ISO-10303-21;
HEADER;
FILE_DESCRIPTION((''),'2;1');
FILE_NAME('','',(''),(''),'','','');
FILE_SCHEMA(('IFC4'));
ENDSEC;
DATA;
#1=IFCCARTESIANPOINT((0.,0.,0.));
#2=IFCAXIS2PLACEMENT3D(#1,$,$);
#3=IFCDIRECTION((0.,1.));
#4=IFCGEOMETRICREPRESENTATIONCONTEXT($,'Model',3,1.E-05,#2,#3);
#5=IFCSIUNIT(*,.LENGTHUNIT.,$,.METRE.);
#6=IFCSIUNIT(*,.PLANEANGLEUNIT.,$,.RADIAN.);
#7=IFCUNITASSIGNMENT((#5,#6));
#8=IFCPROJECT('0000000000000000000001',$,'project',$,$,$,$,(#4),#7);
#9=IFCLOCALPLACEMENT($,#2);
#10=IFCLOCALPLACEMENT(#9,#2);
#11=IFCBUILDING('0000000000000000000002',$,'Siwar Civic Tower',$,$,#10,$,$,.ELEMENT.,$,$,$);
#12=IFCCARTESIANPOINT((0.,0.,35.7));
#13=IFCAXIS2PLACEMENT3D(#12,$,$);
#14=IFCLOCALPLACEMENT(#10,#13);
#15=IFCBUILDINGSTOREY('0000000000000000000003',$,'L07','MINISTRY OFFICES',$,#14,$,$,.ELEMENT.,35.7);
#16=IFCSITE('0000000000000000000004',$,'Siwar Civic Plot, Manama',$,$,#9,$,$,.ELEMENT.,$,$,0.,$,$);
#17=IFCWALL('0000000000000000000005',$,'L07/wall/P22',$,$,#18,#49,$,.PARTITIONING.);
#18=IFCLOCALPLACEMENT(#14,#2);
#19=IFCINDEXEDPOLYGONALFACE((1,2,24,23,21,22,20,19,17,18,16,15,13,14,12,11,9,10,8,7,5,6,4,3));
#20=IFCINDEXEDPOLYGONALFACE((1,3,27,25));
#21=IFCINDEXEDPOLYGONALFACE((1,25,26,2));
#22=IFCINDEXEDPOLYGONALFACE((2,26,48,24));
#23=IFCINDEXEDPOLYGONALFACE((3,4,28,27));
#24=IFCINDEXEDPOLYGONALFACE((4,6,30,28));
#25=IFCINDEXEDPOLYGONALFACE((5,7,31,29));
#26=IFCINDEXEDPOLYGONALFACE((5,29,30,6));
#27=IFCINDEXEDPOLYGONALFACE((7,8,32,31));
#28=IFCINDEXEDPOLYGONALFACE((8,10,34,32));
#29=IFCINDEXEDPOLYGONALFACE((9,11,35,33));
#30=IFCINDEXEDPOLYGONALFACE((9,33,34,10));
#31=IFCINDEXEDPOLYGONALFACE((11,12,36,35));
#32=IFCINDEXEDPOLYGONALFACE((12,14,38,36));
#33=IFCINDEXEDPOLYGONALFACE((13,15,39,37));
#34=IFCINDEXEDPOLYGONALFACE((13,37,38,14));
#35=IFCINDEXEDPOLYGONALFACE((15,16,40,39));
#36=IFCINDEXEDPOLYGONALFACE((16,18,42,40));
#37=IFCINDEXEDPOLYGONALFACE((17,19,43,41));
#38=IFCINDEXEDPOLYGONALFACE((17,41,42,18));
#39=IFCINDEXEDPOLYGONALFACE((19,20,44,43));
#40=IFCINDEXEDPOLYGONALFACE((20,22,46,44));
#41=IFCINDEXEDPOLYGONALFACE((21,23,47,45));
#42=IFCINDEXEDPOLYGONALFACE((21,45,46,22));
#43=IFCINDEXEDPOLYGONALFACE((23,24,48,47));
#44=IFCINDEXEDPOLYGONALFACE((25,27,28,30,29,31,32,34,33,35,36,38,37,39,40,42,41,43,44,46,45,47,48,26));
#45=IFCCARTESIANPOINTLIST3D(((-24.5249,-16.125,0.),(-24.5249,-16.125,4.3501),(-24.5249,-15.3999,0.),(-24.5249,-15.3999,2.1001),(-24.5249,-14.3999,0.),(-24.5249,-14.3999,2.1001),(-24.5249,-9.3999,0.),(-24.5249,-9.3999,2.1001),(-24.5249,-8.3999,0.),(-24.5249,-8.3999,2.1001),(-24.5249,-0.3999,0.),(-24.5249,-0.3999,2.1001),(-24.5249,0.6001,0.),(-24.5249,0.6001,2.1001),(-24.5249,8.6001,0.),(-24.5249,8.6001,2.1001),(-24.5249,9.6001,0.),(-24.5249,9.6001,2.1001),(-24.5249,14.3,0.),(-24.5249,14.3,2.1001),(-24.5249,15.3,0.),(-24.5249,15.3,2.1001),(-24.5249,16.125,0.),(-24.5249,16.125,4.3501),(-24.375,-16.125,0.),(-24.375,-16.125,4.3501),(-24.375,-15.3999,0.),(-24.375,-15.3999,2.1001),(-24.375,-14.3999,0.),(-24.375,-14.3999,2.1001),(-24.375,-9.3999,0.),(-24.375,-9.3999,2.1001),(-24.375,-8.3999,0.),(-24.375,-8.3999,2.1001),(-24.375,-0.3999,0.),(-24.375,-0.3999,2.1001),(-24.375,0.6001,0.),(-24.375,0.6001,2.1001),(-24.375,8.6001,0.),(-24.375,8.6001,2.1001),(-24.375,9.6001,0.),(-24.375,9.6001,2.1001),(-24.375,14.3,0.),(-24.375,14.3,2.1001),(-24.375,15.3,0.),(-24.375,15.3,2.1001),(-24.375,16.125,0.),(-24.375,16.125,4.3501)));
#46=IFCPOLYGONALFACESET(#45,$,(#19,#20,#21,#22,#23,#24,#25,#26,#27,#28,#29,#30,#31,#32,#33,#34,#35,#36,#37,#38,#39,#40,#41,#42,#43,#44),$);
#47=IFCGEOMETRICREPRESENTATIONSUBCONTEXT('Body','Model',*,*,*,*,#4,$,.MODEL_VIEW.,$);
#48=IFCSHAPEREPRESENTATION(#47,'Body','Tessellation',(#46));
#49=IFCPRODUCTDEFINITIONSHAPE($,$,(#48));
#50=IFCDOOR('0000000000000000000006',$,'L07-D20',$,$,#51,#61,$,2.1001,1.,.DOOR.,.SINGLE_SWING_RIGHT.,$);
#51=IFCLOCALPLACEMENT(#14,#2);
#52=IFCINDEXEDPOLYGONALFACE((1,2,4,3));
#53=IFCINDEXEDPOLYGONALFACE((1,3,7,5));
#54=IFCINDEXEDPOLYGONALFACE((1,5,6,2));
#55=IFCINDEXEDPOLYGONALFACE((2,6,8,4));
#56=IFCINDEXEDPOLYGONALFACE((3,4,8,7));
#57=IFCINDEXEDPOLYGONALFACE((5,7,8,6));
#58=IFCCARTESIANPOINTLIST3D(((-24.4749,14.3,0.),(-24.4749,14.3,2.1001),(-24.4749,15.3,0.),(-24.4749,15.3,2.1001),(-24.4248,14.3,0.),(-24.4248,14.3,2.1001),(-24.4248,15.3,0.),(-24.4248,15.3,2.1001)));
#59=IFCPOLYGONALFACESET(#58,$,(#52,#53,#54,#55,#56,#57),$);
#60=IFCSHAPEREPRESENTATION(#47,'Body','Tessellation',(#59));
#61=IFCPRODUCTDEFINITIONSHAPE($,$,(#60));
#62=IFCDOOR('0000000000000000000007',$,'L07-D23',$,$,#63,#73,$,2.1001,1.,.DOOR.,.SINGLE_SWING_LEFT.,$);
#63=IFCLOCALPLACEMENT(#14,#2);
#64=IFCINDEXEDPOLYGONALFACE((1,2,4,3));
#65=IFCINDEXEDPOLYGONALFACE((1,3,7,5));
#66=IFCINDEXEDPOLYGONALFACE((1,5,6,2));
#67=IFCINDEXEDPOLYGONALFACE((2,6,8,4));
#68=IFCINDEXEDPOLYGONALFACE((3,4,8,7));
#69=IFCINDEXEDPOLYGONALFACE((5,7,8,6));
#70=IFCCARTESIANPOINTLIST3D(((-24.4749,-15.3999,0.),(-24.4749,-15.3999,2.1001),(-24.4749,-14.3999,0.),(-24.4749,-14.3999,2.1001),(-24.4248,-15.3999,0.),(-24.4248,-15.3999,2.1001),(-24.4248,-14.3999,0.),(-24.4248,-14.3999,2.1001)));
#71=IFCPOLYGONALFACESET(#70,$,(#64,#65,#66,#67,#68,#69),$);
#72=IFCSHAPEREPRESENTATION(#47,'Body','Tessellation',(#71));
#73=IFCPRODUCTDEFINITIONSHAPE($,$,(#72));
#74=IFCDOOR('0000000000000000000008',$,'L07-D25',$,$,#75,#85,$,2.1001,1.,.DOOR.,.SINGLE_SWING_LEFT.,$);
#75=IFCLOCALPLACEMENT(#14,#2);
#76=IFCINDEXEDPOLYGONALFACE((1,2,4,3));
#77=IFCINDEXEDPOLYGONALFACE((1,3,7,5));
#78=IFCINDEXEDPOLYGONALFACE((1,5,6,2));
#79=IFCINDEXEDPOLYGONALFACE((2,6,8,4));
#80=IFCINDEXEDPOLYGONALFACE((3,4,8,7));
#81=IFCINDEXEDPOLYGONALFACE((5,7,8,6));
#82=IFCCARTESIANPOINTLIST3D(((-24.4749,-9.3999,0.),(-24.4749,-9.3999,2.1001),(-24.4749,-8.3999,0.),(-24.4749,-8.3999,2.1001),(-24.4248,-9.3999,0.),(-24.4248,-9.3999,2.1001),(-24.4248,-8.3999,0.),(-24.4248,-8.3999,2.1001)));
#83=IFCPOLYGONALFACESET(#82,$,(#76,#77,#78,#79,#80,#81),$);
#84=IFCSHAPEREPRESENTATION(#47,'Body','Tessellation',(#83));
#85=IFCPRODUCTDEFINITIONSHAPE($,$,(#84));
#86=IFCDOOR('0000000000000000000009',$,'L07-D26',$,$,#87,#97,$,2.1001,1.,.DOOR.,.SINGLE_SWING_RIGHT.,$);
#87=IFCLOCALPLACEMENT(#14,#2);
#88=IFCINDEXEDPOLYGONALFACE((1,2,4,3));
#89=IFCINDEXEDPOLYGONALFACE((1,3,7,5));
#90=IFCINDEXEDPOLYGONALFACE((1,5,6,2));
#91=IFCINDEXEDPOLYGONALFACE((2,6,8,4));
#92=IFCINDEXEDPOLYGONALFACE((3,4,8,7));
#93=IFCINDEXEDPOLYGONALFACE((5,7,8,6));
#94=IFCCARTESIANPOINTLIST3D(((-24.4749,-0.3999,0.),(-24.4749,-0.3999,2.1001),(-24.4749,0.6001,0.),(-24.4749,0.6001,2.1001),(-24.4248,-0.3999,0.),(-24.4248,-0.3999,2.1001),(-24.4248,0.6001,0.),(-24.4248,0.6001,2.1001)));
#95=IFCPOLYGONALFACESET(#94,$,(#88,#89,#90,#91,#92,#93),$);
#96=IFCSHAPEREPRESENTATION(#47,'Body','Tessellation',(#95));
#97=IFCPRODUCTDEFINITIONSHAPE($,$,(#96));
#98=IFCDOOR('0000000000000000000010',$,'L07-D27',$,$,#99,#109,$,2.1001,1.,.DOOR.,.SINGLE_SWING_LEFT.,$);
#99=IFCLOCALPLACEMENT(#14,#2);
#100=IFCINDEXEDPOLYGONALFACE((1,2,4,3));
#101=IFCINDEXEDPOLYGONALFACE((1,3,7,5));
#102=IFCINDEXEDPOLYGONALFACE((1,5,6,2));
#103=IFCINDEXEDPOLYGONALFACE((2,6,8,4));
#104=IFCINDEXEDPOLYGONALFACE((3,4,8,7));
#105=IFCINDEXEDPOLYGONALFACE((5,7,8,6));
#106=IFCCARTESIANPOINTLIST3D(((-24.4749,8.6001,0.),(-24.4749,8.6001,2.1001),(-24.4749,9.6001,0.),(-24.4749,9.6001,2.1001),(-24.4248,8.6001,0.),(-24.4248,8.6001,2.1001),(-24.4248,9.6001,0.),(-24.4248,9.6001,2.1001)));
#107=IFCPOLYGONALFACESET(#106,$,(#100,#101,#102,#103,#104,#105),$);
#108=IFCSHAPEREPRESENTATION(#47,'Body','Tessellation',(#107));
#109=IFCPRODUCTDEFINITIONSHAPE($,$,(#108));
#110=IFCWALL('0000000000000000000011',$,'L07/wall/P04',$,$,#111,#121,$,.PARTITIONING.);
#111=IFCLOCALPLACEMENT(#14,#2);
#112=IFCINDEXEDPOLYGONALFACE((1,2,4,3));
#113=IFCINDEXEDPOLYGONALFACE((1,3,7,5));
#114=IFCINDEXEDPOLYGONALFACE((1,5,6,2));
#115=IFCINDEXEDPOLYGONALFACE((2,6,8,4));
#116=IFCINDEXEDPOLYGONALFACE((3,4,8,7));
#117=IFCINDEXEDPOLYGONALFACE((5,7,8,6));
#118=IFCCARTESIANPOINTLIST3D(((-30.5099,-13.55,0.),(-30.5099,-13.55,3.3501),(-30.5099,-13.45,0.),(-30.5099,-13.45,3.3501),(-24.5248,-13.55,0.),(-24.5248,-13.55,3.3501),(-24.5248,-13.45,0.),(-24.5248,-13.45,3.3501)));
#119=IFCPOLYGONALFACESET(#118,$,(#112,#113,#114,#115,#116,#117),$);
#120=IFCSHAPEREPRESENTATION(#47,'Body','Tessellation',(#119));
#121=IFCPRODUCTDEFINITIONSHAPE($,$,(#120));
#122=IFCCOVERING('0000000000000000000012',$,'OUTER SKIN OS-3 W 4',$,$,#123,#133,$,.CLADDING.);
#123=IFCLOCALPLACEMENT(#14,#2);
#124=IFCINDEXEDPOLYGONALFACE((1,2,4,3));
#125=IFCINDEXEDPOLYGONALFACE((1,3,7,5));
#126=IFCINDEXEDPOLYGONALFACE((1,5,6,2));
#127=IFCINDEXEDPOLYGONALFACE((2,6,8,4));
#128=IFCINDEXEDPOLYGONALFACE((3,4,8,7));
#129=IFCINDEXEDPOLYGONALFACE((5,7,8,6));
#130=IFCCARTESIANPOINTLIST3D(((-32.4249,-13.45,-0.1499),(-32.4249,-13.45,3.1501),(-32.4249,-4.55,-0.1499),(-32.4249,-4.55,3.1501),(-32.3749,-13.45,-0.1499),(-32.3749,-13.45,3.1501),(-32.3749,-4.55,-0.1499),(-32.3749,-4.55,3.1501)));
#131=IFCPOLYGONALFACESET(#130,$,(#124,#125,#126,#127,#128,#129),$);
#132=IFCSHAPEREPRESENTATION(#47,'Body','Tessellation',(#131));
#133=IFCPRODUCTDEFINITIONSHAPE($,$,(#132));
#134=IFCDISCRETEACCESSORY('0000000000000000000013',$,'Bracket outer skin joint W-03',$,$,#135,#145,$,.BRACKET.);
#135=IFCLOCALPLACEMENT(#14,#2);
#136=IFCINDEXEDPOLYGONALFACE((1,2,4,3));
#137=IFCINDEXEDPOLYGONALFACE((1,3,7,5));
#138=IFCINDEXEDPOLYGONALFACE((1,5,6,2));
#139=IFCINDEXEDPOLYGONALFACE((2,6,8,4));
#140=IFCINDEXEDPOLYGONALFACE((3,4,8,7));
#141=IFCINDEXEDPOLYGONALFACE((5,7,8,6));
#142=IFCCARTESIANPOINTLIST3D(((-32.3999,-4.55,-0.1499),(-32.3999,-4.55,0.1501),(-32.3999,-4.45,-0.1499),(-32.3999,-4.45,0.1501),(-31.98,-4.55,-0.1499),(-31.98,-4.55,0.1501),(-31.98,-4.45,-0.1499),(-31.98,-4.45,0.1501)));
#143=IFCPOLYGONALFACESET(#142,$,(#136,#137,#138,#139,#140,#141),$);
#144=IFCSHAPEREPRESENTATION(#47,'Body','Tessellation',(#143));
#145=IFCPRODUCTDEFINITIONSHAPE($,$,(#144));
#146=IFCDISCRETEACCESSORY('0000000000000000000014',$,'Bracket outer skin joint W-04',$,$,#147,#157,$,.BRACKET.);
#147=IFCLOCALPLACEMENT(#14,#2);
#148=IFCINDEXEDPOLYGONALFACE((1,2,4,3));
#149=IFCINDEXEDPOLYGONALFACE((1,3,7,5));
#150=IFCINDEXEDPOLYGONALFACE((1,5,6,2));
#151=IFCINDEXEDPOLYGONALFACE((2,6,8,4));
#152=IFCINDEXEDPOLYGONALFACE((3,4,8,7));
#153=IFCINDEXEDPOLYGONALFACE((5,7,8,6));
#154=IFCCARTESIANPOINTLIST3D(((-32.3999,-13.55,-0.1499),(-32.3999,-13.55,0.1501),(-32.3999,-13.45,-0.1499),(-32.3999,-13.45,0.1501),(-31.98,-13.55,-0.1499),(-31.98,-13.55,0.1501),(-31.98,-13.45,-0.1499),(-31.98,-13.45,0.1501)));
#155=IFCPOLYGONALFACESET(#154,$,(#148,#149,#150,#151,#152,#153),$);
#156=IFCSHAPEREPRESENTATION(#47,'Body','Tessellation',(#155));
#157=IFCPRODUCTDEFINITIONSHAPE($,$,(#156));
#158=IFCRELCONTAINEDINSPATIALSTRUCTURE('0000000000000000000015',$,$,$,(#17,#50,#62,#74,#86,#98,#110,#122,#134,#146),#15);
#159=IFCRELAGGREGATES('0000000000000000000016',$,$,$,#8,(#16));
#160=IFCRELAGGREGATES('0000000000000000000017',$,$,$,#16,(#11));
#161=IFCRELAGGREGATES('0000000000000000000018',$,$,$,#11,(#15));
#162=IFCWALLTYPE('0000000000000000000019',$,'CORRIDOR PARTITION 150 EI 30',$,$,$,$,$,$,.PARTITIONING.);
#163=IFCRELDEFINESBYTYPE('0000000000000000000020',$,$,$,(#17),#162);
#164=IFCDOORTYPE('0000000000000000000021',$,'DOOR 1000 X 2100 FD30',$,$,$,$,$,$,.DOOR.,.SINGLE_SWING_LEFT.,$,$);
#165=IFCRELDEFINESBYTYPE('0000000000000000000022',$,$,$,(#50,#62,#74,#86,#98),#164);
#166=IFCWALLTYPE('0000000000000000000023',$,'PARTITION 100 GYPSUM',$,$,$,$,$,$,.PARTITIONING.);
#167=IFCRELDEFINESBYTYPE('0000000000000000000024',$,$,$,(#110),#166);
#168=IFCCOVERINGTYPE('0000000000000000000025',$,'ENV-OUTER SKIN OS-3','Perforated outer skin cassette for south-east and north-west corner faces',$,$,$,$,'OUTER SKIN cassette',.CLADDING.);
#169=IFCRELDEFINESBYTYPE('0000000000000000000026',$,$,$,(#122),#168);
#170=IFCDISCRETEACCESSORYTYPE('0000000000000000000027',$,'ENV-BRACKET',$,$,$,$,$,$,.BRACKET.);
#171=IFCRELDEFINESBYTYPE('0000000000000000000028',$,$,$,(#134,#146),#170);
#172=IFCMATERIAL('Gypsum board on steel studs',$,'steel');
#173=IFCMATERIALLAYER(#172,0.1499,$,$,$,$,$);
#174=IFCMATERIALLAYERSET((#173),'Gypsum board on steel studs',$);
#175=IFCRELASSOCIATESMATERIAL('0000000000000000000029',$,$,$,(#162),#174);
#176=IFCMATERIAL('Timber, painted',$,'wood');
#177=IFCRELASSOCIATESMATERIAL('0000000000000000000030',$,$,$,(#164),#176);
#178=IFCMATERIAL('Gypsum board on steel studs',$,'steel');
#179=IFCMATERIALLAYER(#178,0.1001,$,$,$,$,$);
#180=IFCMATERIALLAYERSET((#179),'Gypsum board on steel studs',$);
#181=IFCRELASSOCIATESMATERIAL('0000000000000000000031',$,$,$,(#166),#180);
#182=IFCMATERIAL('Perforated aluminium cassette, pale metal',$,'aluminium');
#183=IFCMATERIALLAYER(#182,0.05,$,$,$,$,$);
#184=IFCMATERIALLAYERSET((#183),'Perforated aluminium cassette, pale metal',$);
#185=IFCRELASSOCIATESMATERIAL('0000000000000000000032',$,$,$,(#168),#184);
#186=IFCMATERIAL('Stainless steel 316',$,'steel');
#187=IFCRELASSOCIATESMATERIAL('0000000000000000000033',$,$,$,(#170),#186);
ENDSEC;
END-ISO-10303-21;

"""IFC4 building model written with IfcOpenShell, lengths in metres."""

from ifc_helpers import new_model, si_unit, direction, frame, frame_2d, origin, origin_2d, place, context, subcontext, project, spatial, rectangle, extrude, material, layer, layer_set, type_object, element, fill, save


model = new_model("IFC4")

# Units and contexts
model_context = context("Model", 3, precision=1e-05, world=origin(), true_north=direction((0.0, 1.0)))
body_context = subcontext(model_context, "Body", "Model", "MODEL_VIEW")
ifc_project = project(units=[si_unit("LENGTHUNIT", "METRE"), si_unit("PLANEANGLEUNIT", "RADIAN")], contexts=[model_context])

# Site, building, storey
site_placement = place(None, origin())
site = spatial("IfcSite", under=ifc_project, at=site_placement, Name="Siwar Civic Plot, Manama", CompositionType="ELEMENT", RefElevation=0.0)
building_placement = place(site_placement, origin())
building = spatial("IfcBuilding", under=site, at=building_placement, Name="Siwar Civic Tower", CompositionType="ELEMENT")
storey_placement = place(building_placement, frame((0.0, 0.0, 35.7)))
storey = spatial("IfcBuildingStorey", under=building, at=storey_placement, Name="L07", Description="MINISTRY OFFICES", CompositionType="ELEMENT", Elevation=35.7)

# Wall, openings, doors
ifc_material_1 = material(Name="Gypsum board on steel studs", Category="steel")
ifc_layer_1 = layer(ifc_material_1, 0.1499)
ifc_layer_set_1 = layer_set([ifc_layer_1], Name="Gypsum board on steel studs")
wall_type_1 = type_object("IfcWallType", Name="CORRIDOR PARTITION 150 EI 30", PredefinedType="PARTITIONING", material=ifc_layer_set_1)
ifc_material_2 = material(Name="Timber, painted", Category="wood")
door_type = type_object("IfcDoorType", Name="DOOR 1000 X 2100 FD30", OperationType="SINGLE_SWING_LEFT", PredefinedType="DOOR", material=ifc_material_2)
wall_1_placement = place(storey_placement, frame((-24.45, -16.125, 0.0), z_axis=(0.0, 0.0, 1.0), x_axis=(0.0, 1.0, 0.0)))
wall_1 = element("IfcWall", 1, at=wall_1_placement, inside=storey, type_object=wall_type_1, Name="L07/wall/P22", PredefinedType="PARTITIONING", context=body_context, shape_type="SweptSolid", body=[
    extrude(rectangle(XDim=32.25, YDim=0.1499, at=frame_2d((16.125, 0.0))), origin(), (0.0, 0.0, 1.0), 4.3501),
])
opening_1_placement = place(wall_1_placement, frame((30.425, 0.0, 0.0)))
opening_1 = element("IfcOpeningElement", 2, at=opening_1_placement, cuts=wall_1, PredefinedType="OPENING", context=body_context, shape_type="SweptSolid", body=[
    extrude(rectangle(XDim=1.0, YDim=2.1001, at=frame_2d((0.5, 1.05))), frame((0.0, 0.085, 0.0), z_axis=(0.0, -1.0, 0.0), x_axis=(1.0, 0.0, 0.0)), (0.0, 0.0, 1.0), 0.1699),
])
opening_2_placement = place(wall_1_placement, frame((0.7251, 0.0, 0.0)))
opening_2 = element("IfcOpeningElement", 3, at=opening_2_placement, cuts=wall_1, PredefinedType="OPENING", context=body_context, shape_type="SweptSolid", body=[
    extrude(rectangle(XDim=1.0, YDim=2.1001, at=frame_2d((0.5, 1.05))), frame((0.0, 0.085, 0.0), z_axis=(0.0, -1.0, 0.0), x_axis=(1.0, 0.0, 0.0)), (0.0, 0.0, 1.0), 0.1699),
])
opening_3_placement = place(wall_1_placement, frame((6.7251, 0.0, 0.0)))
opening_3 = element("IfcOpeningElement", 4, at=opening_3_placement, cuts=wall_1, PredefinedType="OPENING", context=body_context, shape_type="SweptSolid", body=[
    extrude(rectangle(XDim=1.0, YDim=2.1001, at=frame_2d((0.5, 1.05))), frame((0.0, 0.085, 0.0), z_axis=(0.0, -1.0, 0.0), x_axis=(1.0, 0.0, 0.0)), (0.0, 0.0, 1.0), 0.1699),
])
opening_4_placement = place(wall_1_placement, frame((15.7251, 0.0, 0.0)))
opening_4 = element("IfcOpeningElement", 5, at=opening_4_placement, cuts=wall_1, PredefinedType="OPENING", context=body_context, shape_type="SweptSolid", body=[
    extrude(rectangle(XDim=1.0, YDim=2.1001, at=frame_2d((0.5, 1.05))), frame((0.0, 0.085, 0.0), z_axis=(0.0, -1.0, 0.0), x_axis=(1.0, 0.0, 0.0)), (0.0, 0.0, 1.0), 0.1699),
])
opening_5_placement = place(wall_1_placement, frame((24.7251, 0.0, 0.0)))
opening_5 = element("IfcOpeningElement", 6, at=opening_5_placement, cuts=wall_1, PredefinedType="OPENING", context=body_context, shape_type="SweptSolid", body=[
    extrude(rectangle(XDim=1.0, YDim=2.1001, at=frame_2d((0.5, 1.05))), frame((0.0, 0.085, 0.0), z_axis=(0.0, -1.0, 0.0), x_axis=(1.0, 0.0, 0.0)), (0.0, 0.0, 1.0), 0.1699),
])
door_1_placement = place(opening_1_placement, origin())
door_1 = element("IfcDoor", 7, at=door_1_placement, inside=storey, type_object=door_type, Name="L07-D20", OperationType="SINGLE_SWING_RIGHT", OverallHeight=2.1001, OverallWidth=1.0, PredefinedType="DOOR", context=body_context, shape_type="SweptSolid", body=[
    extrude(rectangle(XDim=1.0, YDim=2.1001, at=frame_2d((0.5, 1.05))), frame((0.0, 0.0249, 0.0), z_axis=(0.0, -1.0, 0.0), x_axis=(1.0, 0.0, 0.0)), (0.0, 0.0, 1.0), 0.05),
])
fill(opening_1, door_1)
door_2_placement = place(opening_2_placement, origin())
door_2 = element("IfcDoor", 8, at=door_2_placement, inside=storey, type_object=door_type, Name="L07-D23", OperationType="SINGLE_SWING_LEFT", OverallHeight=2.1001, OverallWidth=1.0, PredefinedType="DOOR", context=body_context, shape_type="SweptSolid", body=[
    extrude(rectangle(XDim=1.0, YDim=2.1001, at=frame_2d((0.5, 1.05))), frame((0.0, 0.0249, 0.0), z_axis=(0.0, -1.0, 0.0), x_axis=(1.0, 0.0, 0.0)), (0.0, 0.0, 1.0), 0.05),
])
fill(opening_2, door_2)
door_3_placement = place(opening_3_placement, origin())
door_3 = element("IfcDoor", 9, at=door_3_placement, inside=storey, type_object=door_type, Name="L07-D25", OperationType="SINGLE_SWING_LEFT", OverallHeight=2.1001, OverallWidth=1.0, PredefinedType="DOOR", context=body_context, shape_type="SweptSolid", body=[
    extrude(rectangle(XDim=1.0, YDim=2.1001, at=frame_2d((0.5, 1.05))), frame((0.0, 0.0249, 0.0), z_axis=(0.0, -1.0, 0.0), x_axis=(1.0, 0.0, 0.0)), (0.0, 0.0, 1.0), 0.05),
])
fill(opening_3, door_3)
door_4_placement = place(opening_4_placement, origin())
door_4 = element("IfcDoor", 10, at=door_4_placement, inside=storey, type_object=door_type, Name="L07-D26", OperationType="SINGLE_SWING_RIGHT", OverallHeight=2.1001, OverallWidth=1.0, PredefinedType="DOOR", context=body_context, shape_type="SweptSolid", body=[
    extrude(rectangle(XDim=1.0, YDim=2.1001, at=frame_2d((0.5, 1.05))), frame((0.0, 0.0249, 0.0), z_axis=(0.0, -1.0, 0.0), x_axis=(1.0, 0.0, 0.0)), (0.0, 0.0, 1.0), 0.05),
])
fill(opening_4, door_4)
door_5_placement = place(opening_5_placement, origin())
door_5 = element("IfcDoor", 11, at=door_5_placement, inside=storey, type_object=door_type, Name="L07-D27", OperationType="SINGLE_SWING_LEFT", OverallHeight=2.1001, OverallWidth=1.0, PredefinedType="DOOR", context=body_context, shape_type="SweptSolid", body=[
    extrude(rectangle(XDim=1.0, YDim=2.1001, at=frame_2d((0.5, 1.05))), frame((0.0, 0.0249, 0.0), z_axis=(0.0, -1.0, 0.0), x_axis=(1.0, 0.0, 0.0)), (0.0, 0.0, 1.0), 0.05),
])
fill(opening_5, door_5)

# Wall
ifc_material_3 = material(Name="Gypsum board on steel studs", Category="steel")
ifc_layer_2 = layer(ifc_material_3, 0.1001)
ifc_layer_set_2 = layer_set([ifc_layer_2], Name="Gypsum board on steel studs")
wall_type_2 = type_object("IfcWallType", Name="PARTITION 100 GYPSUM", PredefinedType="PARTITIONING", material=ifc_layer_set_2)
wall_2_placement = place(storey_placement, frame((-30.51, -13.5, 0.0), z_axis=(0.0, 0.0, 1.0), x_axis=(1.0, 0.0, 0.0)))
element("IfcWall", 12, at=wall_2_placement, inside=storey, type_object=wall_type_2, Name="L07/wall/P04", PredefinedType="PARTITIONING", context=body_context, shape_type="SweptSolid", body=[
    extrude(rectangle(XDim=5.9851, YDim=0.1001, at=frame_2d((2.9927, 0.0))), origin(), (0.0, 0.0, 1.0), 3.3501),
])

# Covering
ifc_material_4 = material(Name="Perforated aluminium cassette, pale metal", Category="aluminium")
ifc_layer_3 = layer(ifc_material_4, 0.05)
ifc_layer_set_3 = layer_set([ifc_layer_3], Name="Perforated aluminium cassette, pale metal")
covering_type = type_object("IfcCoveringType", Name="ENV-OUTER SKIN OS-3", Description="Perforated outer skin cassette for south-east and north-west corner faces", ElementType="OUTER SKIN cassette", PredefinedType="CLADDING", material=ifc_layer_set_3)
covering_placement = place(storey_placement, frame((-32.3999, -9.0, -0.1499), z_axis=(0.0, 0.0, 1.0), x_axis=(0.0, -1.0, 0.0)))
element("IfcCovering", 13, at=covering_placement, inside=storey, type_object=covering_type, Name="OUTER SKIN OS-3 W 4", PredefinedType="CLADDING", context=body_context, shape_type="SweptSolid", body=[
    extrude(rectangle(XDim=8.8999, YDim=0.05, at=origin_2d()), origin(), (0.0, 0.0, 1.0), 3.3),
])

# Discrete accessories
ifc_material_5 = material(Name="Stainless steel 316", Category="steel")
discrete_accessory_type = type_object("IfcDiscreteAccessoryType", Name="ENV-BRACKET", PredefinedType="BRACKET", material=ifc_material_5)
for number, where, z_axis, x_axis, name in (
    (14, (-32.1899, -4.5, -0.1499), (0.0, 0.0, 1.0), (-1.0, 0.0, 0.0), "Bracket outer skin joint W-03"),
    (15, (-32.1899, -13.5, -0.1499), (0.0, 0.0, 1.0), (-1.0, 0.0, 0.0), "Bracket outer skin joint W-04"),
):
    element("IfcDiscreteAccessory", number, at=place(storey_placement, frame(where, z_axis=z_axis, x_axis=x_axis)), inside=storey, type_object=discrete_accessory_type, Name=name, PredefinedType="BRACKET", context=body_context, shape_type="SweptSolid", body=[
        extrude(rectangle(XDim=0.4199, YDim=0.1001, at=origin_2d()), origin(), (0.0, 0.0, 1.0), 0.3),
    ])

save(model, "model.ifc")
